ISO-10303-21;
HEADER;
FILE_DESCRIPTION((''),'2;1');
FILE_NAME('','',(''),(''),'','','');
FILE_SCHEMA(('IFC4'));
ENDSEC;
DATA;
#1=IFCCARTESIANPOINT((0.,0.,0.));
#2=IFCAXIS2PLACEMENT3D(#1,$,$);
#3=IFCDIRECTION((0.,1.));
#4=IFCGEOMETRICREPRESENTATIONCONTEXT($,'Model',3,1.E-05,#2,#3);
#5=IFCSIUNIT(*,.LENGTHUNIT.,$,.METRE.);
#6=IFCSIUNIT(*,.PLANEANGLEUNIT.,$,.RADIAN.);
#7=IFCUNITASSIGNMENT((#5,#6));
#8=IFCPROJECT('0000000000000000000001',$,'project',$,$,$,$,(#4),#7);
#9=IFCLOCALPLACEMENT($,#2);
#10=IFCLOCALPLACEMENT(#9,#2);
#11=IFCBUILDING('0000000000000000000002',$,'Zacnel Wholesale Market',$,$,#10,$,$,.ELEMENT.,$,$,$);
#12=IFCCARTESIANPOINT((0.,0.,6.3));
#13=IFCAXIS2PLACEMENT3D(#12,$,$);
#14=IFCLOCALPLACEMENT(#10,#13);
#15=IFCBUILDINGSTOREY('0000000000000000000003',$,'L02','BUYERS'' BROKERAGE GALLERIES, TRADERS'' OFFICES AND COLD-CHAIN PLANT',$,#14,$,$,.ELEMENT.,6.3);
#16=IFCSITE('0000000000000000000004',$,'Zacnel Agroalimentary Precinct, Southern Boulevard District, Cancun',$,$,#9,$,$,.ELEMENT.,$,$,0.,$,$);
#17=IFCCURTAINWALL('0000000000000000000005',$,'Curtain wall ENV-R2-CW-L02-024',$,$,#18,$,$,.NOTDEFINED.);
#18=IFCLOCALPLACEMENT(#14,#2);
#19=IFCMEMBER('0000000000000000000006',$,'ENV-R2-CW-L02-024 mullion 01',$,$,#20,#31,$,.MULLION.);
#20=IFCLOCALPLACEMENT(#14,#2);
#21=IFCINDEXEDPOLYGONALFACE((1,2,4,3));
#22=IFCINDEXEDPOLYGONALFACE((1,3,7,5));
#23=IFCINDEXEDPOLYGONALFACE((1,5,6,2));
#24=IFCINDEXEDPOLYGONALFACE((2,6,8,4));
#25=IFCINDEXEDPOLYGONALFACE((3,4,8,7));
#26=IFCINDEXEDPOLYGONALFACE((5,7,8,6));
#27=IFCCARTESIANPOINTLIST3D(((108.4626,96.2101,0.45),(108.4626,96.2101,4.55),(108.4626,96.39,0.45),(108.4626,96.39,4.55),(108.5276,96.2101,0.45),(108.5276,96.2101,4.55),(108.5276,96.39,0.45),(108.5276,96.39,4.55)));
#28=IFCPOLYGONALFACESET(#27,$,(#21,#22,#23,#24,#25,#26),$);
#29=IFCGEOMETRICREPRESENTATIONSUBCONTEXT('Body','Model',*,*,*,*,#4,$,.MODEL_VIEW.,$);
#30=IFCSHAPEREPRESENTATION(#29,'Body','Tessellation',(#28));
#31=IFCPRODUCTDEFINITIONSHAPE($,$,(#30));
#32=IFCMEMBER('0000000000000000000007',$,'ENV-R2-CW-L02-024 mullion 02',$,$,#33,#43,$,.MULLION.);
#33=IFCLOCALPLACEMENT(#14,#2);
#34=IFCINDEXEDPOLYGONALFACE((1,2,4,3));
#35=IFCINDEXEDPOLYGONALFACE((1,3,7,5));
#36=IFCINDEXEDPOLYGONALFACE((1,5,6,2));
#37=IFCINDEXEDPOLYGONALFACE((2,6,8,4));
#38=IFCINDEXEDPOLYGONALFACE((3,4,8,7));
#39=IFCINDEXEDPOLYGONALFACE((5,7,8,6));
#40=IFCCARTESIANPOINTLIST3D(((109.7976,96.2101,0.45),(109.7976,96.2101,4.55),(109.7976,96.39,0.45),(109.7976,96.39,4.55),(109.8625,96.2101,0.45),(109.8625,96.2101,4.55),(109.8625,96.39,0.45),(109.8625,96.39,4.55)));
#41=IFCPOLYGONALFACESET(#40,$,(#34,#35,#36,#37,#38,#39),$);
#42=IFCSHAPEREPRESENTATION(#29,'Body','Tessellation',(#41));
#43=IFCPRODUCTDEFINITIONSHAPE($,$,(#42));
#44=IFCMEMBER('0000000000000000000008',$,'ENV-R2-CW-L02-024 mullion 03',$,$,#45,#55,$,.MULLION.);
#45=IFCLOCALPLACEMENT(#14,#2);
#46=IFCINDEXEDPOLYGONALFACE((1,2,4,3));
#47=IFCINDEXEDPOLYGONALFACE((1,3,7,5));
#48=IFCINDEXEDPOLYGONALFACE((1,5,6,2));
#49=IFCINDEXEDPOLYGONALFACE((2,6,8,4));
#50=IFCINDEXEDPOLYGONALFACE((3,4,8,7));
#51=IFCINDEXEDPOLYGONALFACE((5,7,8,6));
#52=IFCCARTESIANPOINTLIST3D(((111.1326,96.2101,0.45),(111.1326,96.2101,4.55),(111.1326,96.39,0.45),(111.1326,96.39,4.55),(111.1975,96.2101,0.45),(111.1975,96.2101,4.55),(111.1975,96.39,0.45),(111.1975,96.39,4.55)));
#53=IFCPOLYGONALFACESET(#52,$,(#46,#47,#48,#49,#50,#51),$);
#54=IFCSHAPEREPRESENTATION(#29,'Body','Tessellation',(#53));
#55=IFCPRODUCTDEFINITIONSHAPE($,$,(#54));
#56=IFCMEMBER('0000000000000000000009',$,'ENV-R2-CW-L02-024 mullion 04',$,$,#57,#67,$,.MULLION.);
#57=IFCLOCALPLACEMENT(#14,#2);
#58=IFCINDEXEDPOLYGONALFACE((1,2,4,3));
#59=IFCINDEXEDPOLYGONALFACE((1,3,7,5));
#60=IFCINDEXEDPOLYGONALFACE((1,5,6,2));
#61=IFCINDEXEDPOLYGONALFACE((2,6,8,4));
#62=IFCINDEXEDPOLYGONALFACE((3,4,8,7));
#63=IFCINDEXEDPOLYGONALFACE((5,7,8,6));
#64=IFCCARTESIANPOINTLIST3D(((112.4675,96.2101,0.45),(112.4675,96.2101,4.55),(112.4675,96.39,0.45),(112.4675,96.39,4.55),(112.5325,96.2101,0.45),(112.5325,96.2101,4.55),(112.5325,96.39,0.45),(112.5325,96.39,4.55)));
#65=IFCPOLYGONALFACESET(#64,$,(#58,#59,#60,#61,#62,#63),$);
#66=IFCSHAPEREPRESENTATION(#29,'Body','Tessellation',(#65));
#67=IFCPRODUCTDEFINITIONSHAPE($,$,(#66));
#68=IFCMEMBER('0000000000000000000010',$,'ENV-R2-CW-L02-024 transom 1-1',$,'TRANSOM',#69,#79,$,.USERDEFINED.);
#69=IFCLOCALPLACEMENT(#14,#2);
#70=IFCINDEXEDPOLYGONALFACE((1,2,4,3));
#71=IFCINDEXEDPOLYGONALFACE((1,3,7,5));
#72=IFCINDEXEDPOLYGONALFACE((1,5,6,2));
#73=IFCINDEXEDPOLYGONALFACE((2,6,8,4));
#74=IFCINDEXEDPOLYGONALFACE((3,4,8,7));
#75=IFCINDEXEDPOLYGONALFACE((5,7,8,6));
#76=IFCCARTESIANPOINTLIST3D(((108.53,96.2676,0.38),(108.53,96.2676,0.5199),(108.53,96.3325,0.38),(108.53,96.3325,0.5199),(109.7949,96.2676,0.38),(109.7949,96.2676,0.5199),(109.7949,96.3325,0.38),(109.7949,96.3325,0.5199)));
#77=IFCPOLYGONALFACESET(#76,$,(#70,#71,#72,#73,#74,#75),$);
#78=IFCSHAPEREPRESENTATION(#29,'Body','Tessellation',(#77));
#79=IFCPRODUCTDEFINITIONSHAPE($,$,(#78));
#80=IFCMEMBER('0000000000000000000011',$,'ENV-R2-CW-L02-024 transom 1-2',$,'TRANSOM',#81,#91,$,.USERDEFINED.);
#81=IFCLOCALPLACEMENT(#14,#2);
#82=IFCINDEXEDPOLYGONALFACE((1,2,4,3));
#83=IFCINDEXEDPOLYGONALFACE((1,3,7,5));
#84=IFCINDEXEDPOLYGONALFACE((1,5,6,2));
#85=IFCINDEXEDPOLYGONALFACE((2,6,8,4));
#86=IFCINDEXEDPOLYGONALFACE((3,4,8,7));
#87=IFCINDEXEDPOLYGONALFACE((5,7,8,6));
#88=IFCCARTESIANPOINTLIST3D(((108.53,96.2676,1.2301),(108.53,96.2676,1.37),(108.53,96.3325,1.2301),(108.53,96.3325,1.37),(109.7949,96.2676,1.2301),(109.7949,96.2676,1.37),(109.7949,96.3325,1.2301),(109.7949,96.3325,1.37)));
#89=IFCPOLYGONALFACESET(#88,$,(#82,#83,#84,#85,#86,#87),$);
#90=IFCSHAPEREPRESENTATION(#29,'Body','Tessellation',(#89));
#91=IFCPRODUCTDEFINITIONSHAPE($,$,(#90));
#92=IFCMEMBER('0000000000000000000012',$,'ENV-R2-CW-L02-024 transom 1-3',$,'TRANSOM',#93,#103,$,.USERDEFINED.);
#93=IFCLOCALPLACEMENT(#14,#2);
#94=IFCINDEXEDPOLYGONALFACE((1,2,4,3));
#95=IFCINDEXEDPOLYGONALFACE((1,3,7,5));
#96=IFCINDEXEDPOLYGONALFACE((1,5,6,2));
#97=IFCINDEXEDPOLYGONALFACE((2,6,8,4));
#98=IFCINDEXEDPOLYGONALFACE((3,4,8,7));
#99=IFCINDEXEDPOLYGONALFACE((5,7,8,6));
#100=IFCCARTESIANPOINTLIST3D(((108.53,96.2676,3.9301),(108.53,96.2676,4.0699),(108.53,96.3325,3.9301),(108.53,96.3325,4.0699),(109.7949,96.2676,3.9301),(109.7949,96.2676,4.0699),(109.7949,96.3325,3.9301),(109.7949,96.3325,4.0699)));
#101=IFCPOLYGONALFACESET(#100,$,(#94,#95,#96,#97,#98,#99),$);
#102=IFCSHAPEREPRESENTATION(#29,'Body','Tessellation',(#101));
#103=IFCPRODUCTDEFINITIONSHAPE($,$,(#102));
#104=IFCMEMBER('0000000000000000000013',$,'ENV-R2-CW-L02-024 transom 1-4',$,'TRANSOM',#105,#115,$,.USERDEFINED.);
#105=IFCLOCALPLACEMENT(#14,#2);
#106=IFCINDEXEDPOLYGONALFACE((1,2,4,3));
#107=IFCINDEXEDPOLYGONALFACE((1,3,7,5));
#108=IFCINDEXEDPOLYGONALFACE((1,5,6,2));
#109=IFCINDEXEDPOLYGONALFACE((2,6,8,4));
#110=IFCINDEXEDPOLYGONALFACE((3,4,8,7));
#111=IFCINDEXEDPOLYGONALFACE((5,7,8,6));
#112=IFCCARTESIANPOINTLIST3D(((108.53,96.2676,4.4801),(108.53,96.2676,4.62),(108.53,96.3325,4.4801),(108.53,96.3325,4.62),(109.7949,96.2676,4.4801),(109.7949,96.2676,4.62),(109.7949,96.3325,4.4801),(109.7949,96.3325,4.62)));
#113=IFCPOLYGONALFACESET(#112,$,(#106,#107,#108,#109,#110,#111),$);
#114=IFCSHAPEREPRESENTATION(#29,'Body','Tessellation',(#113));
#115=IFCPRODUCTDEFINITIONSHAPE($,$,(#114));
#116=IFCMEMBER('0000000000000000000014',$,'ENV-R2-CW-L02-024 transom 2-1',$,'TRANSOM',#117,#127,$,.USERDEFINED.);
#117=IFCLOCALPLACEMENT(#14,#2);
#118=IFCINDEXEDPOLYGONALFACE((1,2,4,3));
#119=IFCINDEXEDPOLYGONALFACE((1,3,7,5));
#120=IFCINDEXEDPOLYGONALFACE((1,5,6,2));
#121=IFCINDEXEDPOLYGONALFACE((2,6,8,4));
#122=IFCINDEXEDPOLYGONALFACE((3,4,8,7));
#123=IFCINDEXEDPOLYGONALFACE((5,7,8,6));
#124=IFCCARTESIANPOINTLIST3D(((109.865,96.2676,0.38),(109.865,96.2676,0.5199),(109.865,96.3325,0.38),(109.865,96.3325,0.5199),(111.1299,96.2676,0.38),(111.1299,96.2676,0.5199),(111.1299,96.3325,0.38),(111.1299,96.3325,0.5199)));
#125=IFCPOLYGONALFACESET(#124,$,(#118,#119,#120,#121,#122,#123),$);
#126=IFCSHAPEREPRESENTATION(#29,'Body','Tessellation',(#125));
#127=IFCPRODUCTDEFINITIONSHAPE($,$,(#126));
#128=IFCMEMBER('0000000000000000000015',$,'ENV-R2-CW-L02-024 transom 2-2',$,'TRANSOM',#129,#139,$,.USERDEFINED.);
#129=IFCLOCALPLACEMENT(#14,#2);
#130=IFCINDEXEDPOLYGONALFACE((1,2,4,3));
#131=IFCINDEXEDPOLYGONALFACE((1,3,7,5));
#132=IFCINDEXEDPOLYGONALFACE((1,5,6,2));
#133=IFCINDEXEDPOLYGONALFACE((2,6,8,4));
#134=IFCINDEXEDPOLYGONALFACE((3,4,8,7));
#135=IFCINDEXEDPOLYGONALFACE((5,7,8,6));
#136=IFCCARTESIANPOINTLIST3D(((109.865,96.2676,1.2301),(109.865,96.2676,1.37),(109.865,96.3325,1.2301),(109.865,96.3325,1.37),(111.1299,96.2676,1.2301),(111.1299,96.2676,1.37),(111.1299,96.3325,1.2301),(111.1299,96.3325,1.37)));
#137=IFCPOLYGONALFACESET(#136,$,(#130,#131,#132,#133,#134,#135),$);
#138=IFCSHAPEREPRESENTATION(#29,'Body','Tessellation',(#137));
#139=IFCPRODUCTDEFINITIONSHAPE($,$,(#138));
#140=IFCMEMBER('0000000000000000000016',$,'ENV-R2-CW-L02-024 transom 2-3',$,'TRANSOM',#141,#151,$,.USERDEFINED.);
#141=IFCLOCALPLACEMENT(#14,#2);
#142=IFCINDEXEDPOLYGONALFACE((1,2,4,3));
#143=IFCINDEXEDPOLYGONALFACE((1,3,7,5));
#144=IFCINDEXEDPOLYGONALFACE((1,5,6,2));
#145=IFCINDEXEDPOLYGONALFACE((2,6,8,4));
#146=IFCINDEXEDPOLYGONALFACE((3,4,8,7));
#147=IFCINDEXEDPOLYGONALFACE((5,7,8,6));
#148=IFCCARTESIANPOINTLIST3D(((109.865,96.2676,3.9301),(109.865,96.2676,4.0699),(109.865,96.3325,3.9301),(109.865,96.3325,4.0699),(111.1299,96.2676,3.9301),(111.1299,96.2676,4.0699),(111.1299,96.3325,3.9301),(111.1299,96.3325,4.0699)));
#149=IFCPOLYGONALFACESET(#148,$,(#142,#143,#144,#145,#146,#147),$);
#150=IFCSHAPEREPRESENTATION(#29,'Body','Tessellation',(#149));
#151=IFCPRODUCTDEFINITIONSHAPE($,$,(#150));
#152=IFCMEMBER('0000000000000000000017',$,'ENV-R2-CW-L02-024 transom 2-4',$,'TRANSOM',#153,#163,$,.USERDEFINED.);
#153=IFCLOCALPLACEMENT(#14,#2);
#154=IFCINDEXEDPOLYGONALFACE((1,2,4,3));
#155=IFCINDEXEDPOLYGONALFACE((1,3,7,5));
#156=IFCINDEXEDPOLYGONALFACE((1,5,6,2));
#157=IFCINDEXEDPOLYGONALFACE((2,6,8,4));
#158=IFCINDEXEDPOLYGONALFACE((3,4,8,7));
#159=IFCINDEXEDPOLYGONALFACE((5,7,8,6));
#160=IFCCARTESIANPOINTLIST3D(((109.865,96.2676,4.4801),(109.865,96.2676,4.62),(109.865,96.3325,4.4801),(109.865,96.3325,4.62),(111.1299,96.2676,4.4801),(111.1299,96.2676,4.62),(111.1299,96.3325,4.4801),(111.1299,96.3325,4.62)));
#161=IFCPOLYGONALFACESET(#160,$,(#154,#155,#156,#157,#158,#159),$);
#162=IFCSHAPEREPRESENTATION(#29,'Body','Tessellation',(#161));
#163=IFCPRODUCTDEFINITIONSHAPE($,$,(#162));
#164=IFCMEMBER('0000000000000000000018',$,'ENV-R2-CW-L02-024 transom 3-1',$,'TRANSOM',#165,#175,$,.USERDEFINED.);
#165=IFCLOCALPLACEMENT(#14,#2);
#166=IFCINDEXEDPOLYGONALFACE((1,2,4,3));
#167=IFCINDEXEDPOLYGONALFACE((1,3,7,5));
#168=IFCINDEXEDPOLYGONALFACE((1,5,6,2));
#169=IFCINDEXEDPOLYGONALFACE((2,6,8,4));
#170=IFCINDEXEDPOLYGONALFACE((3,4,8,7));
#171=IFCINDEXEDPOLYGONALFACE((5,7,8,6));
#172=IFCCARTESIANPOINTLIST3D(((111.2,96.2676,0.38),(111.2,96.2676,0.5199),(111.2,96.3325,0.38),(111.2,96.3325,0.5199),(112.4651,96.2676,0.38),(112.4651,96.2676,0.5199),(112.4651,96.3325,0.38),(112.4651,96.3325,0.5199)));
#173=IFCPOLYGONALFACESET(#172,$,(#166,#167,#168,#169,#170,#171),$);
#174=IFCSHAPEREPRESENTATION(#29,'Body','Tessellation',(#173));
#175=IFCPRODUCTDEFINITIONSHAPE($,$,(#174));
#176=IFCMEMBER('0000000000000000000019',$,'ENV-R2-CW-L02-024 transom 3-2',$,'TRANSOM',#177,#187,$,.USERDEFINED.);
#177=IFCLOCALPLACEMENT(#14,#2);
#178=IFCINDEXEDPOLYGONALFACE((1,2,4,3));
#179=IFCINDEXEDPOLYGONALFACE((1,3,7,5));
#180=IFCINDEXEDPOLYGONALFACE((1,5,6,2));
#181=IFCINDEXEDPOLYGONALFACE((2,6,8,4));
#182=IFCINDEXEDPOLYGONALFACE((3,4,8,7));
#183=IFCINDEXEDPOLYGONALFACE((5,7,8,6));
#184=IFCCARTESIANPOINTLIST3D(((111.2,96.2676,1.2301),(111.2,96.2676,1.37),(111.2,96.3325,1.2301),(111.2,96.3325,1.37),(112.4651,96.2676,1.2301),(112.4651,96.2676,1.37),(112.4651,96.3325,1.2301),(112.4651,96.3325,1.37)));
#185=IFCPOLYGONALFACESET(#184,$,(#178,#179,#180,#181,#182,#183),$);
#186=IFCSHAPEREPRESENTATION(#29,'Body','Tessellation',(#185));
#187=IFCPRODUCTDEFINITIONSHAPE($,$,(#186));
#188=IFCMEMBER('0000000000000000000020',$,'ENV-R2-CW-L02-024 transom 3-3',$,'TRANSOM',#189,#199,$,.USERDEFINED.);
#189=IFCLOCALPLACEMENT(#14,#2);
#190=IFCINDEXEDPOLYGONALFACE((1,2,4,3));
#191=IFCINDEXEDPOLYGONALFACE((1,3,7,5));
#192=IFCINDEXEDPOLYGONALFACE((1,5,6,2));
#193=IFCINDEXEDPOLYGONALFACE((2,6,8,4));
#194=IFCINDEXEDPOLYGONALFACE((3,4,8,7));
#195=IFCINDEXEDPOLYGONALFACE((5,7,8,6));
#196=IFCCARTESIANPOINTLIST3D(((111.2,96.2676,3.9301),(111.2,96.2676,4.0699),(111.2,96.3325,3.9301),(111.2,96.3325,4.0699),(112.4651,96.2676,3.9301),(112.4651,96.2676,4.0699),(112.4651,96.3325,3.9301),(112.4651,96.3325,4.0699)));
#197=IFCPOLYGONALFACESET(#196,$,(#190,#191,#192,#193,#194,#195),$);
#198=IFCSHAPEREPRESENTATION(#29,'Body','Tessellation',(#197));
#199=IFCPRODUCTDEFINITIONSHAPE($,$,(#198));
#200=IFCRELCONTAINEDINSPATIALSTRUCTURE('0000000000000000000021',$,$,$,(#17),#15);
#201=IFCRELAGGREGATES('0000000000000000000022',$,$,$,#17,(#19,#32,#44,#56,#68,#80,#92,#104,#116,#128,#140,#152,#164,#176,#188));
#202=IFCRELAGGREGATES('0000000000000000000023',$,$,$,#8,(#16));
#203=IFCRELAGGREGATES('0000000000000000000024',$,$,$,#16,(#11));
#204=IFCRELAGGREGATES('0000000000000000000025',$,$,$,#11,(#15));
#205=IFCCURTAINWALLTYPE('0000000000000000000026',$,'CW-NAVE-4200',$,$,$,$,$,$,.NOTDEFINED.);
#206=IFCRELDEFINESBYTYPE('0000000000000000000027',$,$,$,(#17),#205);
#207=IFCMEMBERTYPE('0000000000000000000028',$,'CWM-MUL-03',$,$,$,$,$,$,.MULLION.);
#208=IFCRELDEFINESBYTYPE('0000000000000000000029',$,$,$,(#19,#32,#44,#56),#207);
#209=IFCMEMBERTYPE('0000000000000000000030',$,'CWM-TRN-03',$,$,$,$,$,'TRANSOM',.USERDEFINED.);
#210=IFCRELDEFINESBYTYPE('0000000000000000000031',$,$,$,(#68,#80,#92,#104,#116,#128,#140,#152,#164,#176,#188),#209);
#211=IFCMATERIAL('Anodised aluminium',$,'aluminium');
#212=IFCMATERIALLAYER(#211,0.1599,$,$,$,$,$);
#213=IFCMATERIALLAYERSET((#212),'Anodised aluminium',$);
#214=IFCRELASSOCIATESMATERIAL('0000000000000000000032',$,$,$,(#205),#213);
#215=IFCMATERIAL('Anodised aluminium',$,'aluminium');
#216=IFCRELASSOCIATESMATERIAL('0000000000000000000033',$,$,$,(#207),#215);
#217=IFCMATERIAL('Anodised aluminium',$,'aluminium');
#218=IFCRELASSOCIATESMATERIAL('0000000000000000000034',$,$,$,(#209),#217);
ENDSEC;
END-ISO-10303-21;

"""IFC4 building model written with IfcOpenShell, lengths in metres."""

from ifc_helpers import new_model, si_unit, direction, frame, origin, origin_2d, place, context, subcontext, project, spatial, rectangle, extrude, material, layer, layer_set, material_profile, profile_set, type_object, element, aggregate, save


model = new_model("IFC4")

# Units and contexts
model_context = context("Model", 3, precision=1e-05, world=origin(), true_north=direction((0.0, 1.0)))
body_context = subcontext(model_context, "Body", "Model", "MODEL_VIEW")
ifc_project = project(units=[si_unit("LENGTHUNIT", "METRE"), si_unit("PLANEANGLEUNIT", "RADIAN")], contexts=[model_context])

# Site, building, storey
site_placement = place(None, origin())
site = spatial("IfcSite", under=ifc_project, at=site_placement, Name="Zacnel Agroalimentary Precinct, Southern Boulevard District, Cancun", CompositionType="ELEMENT", RefElevation=0.0)
building_placement = place(site_placement, origin())
building = spatial("IfcBuilding", under=site, at=building_placement, Name="Zacnel Wholesale Market", CompositionType="ELEMENT")
storey_placement = place(building_placement, frame((0.0, 0.0, 6.3)))
storey = spatial("IfcBuildingStorey", under=building, at=storey_placement, Name="L02", Description="BUYERS' BROKERAGE GALLERIES, TRADERS' OFFICES AND COLD-CHAIN PLANT", CompositionType="ELEMENT", Elevation=6.3)

# Curtain wall, members
ifc_material_1 = material(Name="Anodised aluminium", Category="aluminium")
ifc_layer_1 = layer(ifc_material_1, 0.1599)
ifc_layer_set_1 = layer_set([ifc_layer_1], Name="Anodised aluminium")
curtain_wall_type = type_object("IfcCurtainWallType", Name="CW-NAVE-4200", PredefinedType="NOTDEFINED", material=ifc_layer_set_1)
curtain_wall_placement = place(storey_placement, origin())
curtain_wall = element("IfcCurtainWall", 1, at=curtain_wall_placement, inside=storey, type_object=curtain_wall_type, Name="Curtain wall ENV-R2-CW-L02-024", PredefinedType="NOTDEFINED")
ifc_material_2 = material(Name="Anodised aluminium", Category="aluminium")
ifc_material_profile_1 = material_profile(ifc_material_2, rectangle(XDim=0.0649, YDim=0.1799, at=origin_2d()), Name="AW-MULLION 65x180")
ifc_profile_set_1 = profile_set([ifc_material_profile_1], Name="Anodised aluminium")
member_type_1 = type_object("IfcMemberType", Name="CWM-MUL-03", PredefinedType="MULLION", material=ifc_profile_set_1)
member_1_placement = place(storey_placement, frame((108.4951, 96.3, 0.45), z_axis=(0.0, 0.0, 1.0), x_axis=(1.0, 0.0, 0.0)))
member_1 = element("IfcMember", 2, at=member_1_placement, type_object=member_type_1, Name="ENV-R2-CW-L02-024 mullion 01", PredefinedType="MULLION", context=body_context, shape_type="SweptSolid", body=[
    extrude(rectangle(XDim=0.0649, YDim=0.1799, at=origin_2d()), origin(), (0.0, 0.0, 1.0), 4.1001),
])
member_2_placement = place(storey_placement, frame((109.8301, 96.3, 0.45), z_axis=(0.0, 0.0, 1.0), x_axis=(1.0, 0.0, 0.0)))
member_2 = element("IfcMember", 3, at=member_2_placement, type_object=member_type_1, Name="ENV-R2-CW-L02-024 mullion 02", PredefinedType="MULLION", context=body_context, shape_type="SweptSolid", body=[
    extrude(rectangle(XDim=0.0649, YDim=0.1799, at=origin_2d()), origin(), (0.0, 0.0, 1.0), 4.1001),
])
member_3_placement = place(storey_placement, frame((111.165, 96.3, 0.45), z_axis=(0.0, 0.0, 1.0), x_axis=(1.0, 0.0, 0.0)))
member_3 = element("IfcMember", 4, at=member_3_placement, type_object=member_type_1, Name="ENV-R2-CW-L02-024 mullion 03", PredefinedType="MULLION", context=body_context, shape_type="SweptSolid", body=[
    extrude(rectangle(XDim=0.0649, YDim=0.1799, at=origin_2d()), origin(), (0.0, 0.0, 1.0), 4.1001),
])
member_4_placement = place(storey_placement, frame((112.5, 96.3, 0.45), z_axis=(0.0, 0.0, 1.0), x_axis=(1.0, 0.0, 0.0)))
member_4 = element("IfcMember", 5, at=member_4_placement, type_object=member_type_1, Name="ENV-R2-CW-L02-024 mullion 04", PredefinedType="MULLION", context=body_context, shape_type="SweptSolid", body=[
    extrude(rectangle(XDim=0.0649, YDim=0.1799, at=origin_2d()), origin(), (0.0, 0.0, 1.0), 4.1001),
])
ifc_material_3 = material(Name="Anodised aluminium", Category="aluminium")
ifc_material_profile_2 = material_profile(ifc_material_3, rectangle(XDim=0.0649, YDim=0.1399, at=origin_2d()), Name="AW-TRANSOM 65x140")
ifc_profile_set_2 = profile_set([ifc_material_profile_2], Name="Anodised aluminium")
member_type_2 = type_object("IfcMemberType", Name="CWM-TRN-03", ElementType="TRANSOM", PredefinedType="USERDEFINED", material=ifc_profile_set_2)
member_5_placement = place(storey_placement, frame((108.53, 96.3, 0.45), z_axis=(1.0, 0.0, 0.0), x_axis=(0.0, 1.0, 0.0)))
member_5 = element("IfcMember", 6, at=member_5_placement, type_object=member_type_2, Name="ENV-R2-CW-L02-024 transom 1-1", ObjectType="TRANSOM", PredefinedType="USERDEFINED", context=body_context, shape_type="SweptSolid", body=[
    extrude(rectangle(XDim=0.0649, YDim=0.1399, at=origin_2d()), origin(), (0.0, 0.0, 1.0), 1.2649),
])
member_6_placement = place(storey_placement, frame((108.53, 96.3, 1.3), z_axis=(1.0, 0.0, 0.0), x_axis=(0.0, 1.0, 0.0)))
member_6 = element("IfcMember", 7, at=member_6_placement, type_object=member_type_2, Name="ENV-R2-CW-L02-024 transom 1-2", ObjectType="TRANSOM", PredefinedType="USERDEFINED", context=body_context, shape_type="SweptSolid", body=[
    extrude(rectangle(XDim=0.0649, YDim=0.1399, at=origin_2d()), origin(), (0.0, 0.0, 1.0), 1.2649),
])
member_7_placement = place(storey_placement, frame((108.53, 96.3, 4.0), z_axis=(1.0, 0.0, 0.0), x_axis=(0.0, 1.0, 0.0)))
member_7 = element("IfcMember", 8, at=member_7_placement, type_object=member_type_2, Name="ENV-R2-CW-L02-024 transom 1-3", ObjectType="TRANSOM", PredefinedType="USERDEFINED", context=body_context, shape_type="SweptSolid", body=[
    extrude(rectangle(XDim=0.0649, YDim=0.1399, at=origin_2d()), origin(), (0.0, 0.0, 1.0), 1.2649),
])
member_8_placement = place(storey_placement, frame((108.53, 96.3, 4.55), z_axis=(1.0, 0.0, 0.0), x_axis=(0.0, 1.0, 0.0)))
member_8 = element("IfcMember", 9, at=member_8_placement, type_object=member_type_2, Name="ENV-R2-CW-L02-024 transom 1-4", ObjectType="TRANSOM", PredefinedType="USERDEFINED", context=body_context, shape_type="SweptSolid", body=[
    extrude(rectangle(XDim=0.0649, YDim=0.1399, at=origin_2d()), origin(), (0.0, 0.0, 1.0), 1.2649),
])
member_9_placement = place(storey_placement, frame((109.865, 96.3, 0.45), z_axis=(1.0, 0.0, 0.0), x_axis=(0.0, 1.0, 0.0)))
member_9 = element("IfcMember", 10, at=member_9_placement, type_object=member_type_2, Name="ENV-R2-CW-L02-024 transom 2-1", ObjectType="TRANSOM", PredefinedType="USERDEFINED", context=body_context, shape_type="SweptSolid", body=[
    extrude(rectangle(XDim=0.0649, YDim=0.1399, at=origin_2d()), origin(), (0.0, 0.0, 1.0), 1.2649),
])
member_10_placement = place(storey_placement, frame((109.865, 96.3, 1.3), z_axis=(1.0, 0.0, 0.0), x_axis=(0.0, 1.0, 0.0)))
member_10 = element("IfcMember", 11, at=member_10_placement, type_object=member_type_2, Name="ENV-R2-CW-L02-024 transom 2-2", ObjectType="TRANSOM", PredefinedType="USERDEFINED", context=body_context, shape_type="SweptSolid", body=[
    extrude(rectangle(XDim=0.0649, YDim=0.1399, at=origin_2d()), origin(), (0.0, 0.0, 1.0), 1.2649),
])
member_11_placement = place(storey_placement, frame((109.865, 96.3, 4.0), z_axis=(1.0, 0.0, 0.0), x_axis=(0.0, 1.0, 0.0)))
member_11 = element("IfcMember", 12, at=member_11_placement, type_object=member_type_2, Name="ENV-R2-CW-L02-024 transom 2-3", ObjectType="TRANSOM", PredefinedType="USERDEFINED", context=body_context, shape_type="SweptSolid", body=[
    extrude(rectangle(XDim=0.0649, YDim=0.1399, at=origin_2d()), origin(), (0.0, 0.0, 1.0), 1.2649),
])
member_12_placement = place(storey_placement, frame((109.865, 96.3, 4.55), z_axis=(1.0, 0.0, 0.0), x_axis=(0.0, 1.0, 0.0)))
member_12 = element("IfcMember", 13, at=member_12_placement, type_object=member_type_2, Name="ENV-R2-CW-L02-024 transom 2-4", ObjectType="TRANSOM", PredefinedType="USERDEFINED", context=body_context, shape_type="SweptSolid", body=[
    extrude(rectangle(XDim=0.0649, YDim=0.1399, at=origin_2d()), origin(), (0.0, 0.0, 1.0), 1.2649),
])
member_13_placement = place(storey_placement, frame((111.2, 96.3, 0.45), z_axis=(1.0, 0.0, 0.0), x_axis=(0.0, 1.0, 0.0)))
member_13 = element("IfcMember", 14, at=member_13_placement, type_object=member_type_2, Name="ENV-R2-CW-L02-024 transom 3-1", ObjectType="TRANSOM", PredefinedType="USERDEFINED", context=body_context, shape_type="SweptSolid", body=[
    extrude(rectangle(XDim=0.0649, YDim=0.1399, at=origin_2d()), origin(), (0.0, 0.0, 1.0), 1.2651),
])
member_14_placement = place(storey_placement, frame((111.2, 96.3, 1.3), z_axis=(1.0, 0.0, 0.0), x_axis=(0.0, 1.0, 0.0)))
member_14 = element("IfcMember", 15, at=member_14_placement, type_object=member_type_2, Name="ENV-R2-CW-L02-024 transom 3-2", ObjectType="TRANSOM", PredefinedType="USERDEFINED", context=body_context, shape_type="SweptSolid", body=[
    extrude(rectangle(XDim=0.0649, YDim=0.1399, at=origin_2d()), origin(), (0.0, 0.0, 1.0), 1.2651),
])
member_15_placement = place(storey_placement, frame((111.2, 96.3, 4.0), z_axis=(1.0, 0.0, 0.0), x_axis=(0.0, 1.0, 0.0)))
member_15 = element("IfcMember", 16, at=member_15_placement, type_object=member_type_2, Name="ENV-R2-CW-L02-024 transom 3-3", ObjectType="TRANSOM", PredefinedType="USERDEFINED", context=body_context, shape_type="SweptSolid", body=[
    extrude(rectangle(XDim=0.0649, YDim=0.1399, at=origin_2d()), origin(), (0.0, 0.0, 1.0), 1.2651),
])
aggregate(curtain_wall, [member_1, member_2, member_3, member_4, member_5, member_6, member_7, member_8, member_9, member_10, member_11, member_12, member_13, member_14, member_15])

save(model, "model.ifc")
